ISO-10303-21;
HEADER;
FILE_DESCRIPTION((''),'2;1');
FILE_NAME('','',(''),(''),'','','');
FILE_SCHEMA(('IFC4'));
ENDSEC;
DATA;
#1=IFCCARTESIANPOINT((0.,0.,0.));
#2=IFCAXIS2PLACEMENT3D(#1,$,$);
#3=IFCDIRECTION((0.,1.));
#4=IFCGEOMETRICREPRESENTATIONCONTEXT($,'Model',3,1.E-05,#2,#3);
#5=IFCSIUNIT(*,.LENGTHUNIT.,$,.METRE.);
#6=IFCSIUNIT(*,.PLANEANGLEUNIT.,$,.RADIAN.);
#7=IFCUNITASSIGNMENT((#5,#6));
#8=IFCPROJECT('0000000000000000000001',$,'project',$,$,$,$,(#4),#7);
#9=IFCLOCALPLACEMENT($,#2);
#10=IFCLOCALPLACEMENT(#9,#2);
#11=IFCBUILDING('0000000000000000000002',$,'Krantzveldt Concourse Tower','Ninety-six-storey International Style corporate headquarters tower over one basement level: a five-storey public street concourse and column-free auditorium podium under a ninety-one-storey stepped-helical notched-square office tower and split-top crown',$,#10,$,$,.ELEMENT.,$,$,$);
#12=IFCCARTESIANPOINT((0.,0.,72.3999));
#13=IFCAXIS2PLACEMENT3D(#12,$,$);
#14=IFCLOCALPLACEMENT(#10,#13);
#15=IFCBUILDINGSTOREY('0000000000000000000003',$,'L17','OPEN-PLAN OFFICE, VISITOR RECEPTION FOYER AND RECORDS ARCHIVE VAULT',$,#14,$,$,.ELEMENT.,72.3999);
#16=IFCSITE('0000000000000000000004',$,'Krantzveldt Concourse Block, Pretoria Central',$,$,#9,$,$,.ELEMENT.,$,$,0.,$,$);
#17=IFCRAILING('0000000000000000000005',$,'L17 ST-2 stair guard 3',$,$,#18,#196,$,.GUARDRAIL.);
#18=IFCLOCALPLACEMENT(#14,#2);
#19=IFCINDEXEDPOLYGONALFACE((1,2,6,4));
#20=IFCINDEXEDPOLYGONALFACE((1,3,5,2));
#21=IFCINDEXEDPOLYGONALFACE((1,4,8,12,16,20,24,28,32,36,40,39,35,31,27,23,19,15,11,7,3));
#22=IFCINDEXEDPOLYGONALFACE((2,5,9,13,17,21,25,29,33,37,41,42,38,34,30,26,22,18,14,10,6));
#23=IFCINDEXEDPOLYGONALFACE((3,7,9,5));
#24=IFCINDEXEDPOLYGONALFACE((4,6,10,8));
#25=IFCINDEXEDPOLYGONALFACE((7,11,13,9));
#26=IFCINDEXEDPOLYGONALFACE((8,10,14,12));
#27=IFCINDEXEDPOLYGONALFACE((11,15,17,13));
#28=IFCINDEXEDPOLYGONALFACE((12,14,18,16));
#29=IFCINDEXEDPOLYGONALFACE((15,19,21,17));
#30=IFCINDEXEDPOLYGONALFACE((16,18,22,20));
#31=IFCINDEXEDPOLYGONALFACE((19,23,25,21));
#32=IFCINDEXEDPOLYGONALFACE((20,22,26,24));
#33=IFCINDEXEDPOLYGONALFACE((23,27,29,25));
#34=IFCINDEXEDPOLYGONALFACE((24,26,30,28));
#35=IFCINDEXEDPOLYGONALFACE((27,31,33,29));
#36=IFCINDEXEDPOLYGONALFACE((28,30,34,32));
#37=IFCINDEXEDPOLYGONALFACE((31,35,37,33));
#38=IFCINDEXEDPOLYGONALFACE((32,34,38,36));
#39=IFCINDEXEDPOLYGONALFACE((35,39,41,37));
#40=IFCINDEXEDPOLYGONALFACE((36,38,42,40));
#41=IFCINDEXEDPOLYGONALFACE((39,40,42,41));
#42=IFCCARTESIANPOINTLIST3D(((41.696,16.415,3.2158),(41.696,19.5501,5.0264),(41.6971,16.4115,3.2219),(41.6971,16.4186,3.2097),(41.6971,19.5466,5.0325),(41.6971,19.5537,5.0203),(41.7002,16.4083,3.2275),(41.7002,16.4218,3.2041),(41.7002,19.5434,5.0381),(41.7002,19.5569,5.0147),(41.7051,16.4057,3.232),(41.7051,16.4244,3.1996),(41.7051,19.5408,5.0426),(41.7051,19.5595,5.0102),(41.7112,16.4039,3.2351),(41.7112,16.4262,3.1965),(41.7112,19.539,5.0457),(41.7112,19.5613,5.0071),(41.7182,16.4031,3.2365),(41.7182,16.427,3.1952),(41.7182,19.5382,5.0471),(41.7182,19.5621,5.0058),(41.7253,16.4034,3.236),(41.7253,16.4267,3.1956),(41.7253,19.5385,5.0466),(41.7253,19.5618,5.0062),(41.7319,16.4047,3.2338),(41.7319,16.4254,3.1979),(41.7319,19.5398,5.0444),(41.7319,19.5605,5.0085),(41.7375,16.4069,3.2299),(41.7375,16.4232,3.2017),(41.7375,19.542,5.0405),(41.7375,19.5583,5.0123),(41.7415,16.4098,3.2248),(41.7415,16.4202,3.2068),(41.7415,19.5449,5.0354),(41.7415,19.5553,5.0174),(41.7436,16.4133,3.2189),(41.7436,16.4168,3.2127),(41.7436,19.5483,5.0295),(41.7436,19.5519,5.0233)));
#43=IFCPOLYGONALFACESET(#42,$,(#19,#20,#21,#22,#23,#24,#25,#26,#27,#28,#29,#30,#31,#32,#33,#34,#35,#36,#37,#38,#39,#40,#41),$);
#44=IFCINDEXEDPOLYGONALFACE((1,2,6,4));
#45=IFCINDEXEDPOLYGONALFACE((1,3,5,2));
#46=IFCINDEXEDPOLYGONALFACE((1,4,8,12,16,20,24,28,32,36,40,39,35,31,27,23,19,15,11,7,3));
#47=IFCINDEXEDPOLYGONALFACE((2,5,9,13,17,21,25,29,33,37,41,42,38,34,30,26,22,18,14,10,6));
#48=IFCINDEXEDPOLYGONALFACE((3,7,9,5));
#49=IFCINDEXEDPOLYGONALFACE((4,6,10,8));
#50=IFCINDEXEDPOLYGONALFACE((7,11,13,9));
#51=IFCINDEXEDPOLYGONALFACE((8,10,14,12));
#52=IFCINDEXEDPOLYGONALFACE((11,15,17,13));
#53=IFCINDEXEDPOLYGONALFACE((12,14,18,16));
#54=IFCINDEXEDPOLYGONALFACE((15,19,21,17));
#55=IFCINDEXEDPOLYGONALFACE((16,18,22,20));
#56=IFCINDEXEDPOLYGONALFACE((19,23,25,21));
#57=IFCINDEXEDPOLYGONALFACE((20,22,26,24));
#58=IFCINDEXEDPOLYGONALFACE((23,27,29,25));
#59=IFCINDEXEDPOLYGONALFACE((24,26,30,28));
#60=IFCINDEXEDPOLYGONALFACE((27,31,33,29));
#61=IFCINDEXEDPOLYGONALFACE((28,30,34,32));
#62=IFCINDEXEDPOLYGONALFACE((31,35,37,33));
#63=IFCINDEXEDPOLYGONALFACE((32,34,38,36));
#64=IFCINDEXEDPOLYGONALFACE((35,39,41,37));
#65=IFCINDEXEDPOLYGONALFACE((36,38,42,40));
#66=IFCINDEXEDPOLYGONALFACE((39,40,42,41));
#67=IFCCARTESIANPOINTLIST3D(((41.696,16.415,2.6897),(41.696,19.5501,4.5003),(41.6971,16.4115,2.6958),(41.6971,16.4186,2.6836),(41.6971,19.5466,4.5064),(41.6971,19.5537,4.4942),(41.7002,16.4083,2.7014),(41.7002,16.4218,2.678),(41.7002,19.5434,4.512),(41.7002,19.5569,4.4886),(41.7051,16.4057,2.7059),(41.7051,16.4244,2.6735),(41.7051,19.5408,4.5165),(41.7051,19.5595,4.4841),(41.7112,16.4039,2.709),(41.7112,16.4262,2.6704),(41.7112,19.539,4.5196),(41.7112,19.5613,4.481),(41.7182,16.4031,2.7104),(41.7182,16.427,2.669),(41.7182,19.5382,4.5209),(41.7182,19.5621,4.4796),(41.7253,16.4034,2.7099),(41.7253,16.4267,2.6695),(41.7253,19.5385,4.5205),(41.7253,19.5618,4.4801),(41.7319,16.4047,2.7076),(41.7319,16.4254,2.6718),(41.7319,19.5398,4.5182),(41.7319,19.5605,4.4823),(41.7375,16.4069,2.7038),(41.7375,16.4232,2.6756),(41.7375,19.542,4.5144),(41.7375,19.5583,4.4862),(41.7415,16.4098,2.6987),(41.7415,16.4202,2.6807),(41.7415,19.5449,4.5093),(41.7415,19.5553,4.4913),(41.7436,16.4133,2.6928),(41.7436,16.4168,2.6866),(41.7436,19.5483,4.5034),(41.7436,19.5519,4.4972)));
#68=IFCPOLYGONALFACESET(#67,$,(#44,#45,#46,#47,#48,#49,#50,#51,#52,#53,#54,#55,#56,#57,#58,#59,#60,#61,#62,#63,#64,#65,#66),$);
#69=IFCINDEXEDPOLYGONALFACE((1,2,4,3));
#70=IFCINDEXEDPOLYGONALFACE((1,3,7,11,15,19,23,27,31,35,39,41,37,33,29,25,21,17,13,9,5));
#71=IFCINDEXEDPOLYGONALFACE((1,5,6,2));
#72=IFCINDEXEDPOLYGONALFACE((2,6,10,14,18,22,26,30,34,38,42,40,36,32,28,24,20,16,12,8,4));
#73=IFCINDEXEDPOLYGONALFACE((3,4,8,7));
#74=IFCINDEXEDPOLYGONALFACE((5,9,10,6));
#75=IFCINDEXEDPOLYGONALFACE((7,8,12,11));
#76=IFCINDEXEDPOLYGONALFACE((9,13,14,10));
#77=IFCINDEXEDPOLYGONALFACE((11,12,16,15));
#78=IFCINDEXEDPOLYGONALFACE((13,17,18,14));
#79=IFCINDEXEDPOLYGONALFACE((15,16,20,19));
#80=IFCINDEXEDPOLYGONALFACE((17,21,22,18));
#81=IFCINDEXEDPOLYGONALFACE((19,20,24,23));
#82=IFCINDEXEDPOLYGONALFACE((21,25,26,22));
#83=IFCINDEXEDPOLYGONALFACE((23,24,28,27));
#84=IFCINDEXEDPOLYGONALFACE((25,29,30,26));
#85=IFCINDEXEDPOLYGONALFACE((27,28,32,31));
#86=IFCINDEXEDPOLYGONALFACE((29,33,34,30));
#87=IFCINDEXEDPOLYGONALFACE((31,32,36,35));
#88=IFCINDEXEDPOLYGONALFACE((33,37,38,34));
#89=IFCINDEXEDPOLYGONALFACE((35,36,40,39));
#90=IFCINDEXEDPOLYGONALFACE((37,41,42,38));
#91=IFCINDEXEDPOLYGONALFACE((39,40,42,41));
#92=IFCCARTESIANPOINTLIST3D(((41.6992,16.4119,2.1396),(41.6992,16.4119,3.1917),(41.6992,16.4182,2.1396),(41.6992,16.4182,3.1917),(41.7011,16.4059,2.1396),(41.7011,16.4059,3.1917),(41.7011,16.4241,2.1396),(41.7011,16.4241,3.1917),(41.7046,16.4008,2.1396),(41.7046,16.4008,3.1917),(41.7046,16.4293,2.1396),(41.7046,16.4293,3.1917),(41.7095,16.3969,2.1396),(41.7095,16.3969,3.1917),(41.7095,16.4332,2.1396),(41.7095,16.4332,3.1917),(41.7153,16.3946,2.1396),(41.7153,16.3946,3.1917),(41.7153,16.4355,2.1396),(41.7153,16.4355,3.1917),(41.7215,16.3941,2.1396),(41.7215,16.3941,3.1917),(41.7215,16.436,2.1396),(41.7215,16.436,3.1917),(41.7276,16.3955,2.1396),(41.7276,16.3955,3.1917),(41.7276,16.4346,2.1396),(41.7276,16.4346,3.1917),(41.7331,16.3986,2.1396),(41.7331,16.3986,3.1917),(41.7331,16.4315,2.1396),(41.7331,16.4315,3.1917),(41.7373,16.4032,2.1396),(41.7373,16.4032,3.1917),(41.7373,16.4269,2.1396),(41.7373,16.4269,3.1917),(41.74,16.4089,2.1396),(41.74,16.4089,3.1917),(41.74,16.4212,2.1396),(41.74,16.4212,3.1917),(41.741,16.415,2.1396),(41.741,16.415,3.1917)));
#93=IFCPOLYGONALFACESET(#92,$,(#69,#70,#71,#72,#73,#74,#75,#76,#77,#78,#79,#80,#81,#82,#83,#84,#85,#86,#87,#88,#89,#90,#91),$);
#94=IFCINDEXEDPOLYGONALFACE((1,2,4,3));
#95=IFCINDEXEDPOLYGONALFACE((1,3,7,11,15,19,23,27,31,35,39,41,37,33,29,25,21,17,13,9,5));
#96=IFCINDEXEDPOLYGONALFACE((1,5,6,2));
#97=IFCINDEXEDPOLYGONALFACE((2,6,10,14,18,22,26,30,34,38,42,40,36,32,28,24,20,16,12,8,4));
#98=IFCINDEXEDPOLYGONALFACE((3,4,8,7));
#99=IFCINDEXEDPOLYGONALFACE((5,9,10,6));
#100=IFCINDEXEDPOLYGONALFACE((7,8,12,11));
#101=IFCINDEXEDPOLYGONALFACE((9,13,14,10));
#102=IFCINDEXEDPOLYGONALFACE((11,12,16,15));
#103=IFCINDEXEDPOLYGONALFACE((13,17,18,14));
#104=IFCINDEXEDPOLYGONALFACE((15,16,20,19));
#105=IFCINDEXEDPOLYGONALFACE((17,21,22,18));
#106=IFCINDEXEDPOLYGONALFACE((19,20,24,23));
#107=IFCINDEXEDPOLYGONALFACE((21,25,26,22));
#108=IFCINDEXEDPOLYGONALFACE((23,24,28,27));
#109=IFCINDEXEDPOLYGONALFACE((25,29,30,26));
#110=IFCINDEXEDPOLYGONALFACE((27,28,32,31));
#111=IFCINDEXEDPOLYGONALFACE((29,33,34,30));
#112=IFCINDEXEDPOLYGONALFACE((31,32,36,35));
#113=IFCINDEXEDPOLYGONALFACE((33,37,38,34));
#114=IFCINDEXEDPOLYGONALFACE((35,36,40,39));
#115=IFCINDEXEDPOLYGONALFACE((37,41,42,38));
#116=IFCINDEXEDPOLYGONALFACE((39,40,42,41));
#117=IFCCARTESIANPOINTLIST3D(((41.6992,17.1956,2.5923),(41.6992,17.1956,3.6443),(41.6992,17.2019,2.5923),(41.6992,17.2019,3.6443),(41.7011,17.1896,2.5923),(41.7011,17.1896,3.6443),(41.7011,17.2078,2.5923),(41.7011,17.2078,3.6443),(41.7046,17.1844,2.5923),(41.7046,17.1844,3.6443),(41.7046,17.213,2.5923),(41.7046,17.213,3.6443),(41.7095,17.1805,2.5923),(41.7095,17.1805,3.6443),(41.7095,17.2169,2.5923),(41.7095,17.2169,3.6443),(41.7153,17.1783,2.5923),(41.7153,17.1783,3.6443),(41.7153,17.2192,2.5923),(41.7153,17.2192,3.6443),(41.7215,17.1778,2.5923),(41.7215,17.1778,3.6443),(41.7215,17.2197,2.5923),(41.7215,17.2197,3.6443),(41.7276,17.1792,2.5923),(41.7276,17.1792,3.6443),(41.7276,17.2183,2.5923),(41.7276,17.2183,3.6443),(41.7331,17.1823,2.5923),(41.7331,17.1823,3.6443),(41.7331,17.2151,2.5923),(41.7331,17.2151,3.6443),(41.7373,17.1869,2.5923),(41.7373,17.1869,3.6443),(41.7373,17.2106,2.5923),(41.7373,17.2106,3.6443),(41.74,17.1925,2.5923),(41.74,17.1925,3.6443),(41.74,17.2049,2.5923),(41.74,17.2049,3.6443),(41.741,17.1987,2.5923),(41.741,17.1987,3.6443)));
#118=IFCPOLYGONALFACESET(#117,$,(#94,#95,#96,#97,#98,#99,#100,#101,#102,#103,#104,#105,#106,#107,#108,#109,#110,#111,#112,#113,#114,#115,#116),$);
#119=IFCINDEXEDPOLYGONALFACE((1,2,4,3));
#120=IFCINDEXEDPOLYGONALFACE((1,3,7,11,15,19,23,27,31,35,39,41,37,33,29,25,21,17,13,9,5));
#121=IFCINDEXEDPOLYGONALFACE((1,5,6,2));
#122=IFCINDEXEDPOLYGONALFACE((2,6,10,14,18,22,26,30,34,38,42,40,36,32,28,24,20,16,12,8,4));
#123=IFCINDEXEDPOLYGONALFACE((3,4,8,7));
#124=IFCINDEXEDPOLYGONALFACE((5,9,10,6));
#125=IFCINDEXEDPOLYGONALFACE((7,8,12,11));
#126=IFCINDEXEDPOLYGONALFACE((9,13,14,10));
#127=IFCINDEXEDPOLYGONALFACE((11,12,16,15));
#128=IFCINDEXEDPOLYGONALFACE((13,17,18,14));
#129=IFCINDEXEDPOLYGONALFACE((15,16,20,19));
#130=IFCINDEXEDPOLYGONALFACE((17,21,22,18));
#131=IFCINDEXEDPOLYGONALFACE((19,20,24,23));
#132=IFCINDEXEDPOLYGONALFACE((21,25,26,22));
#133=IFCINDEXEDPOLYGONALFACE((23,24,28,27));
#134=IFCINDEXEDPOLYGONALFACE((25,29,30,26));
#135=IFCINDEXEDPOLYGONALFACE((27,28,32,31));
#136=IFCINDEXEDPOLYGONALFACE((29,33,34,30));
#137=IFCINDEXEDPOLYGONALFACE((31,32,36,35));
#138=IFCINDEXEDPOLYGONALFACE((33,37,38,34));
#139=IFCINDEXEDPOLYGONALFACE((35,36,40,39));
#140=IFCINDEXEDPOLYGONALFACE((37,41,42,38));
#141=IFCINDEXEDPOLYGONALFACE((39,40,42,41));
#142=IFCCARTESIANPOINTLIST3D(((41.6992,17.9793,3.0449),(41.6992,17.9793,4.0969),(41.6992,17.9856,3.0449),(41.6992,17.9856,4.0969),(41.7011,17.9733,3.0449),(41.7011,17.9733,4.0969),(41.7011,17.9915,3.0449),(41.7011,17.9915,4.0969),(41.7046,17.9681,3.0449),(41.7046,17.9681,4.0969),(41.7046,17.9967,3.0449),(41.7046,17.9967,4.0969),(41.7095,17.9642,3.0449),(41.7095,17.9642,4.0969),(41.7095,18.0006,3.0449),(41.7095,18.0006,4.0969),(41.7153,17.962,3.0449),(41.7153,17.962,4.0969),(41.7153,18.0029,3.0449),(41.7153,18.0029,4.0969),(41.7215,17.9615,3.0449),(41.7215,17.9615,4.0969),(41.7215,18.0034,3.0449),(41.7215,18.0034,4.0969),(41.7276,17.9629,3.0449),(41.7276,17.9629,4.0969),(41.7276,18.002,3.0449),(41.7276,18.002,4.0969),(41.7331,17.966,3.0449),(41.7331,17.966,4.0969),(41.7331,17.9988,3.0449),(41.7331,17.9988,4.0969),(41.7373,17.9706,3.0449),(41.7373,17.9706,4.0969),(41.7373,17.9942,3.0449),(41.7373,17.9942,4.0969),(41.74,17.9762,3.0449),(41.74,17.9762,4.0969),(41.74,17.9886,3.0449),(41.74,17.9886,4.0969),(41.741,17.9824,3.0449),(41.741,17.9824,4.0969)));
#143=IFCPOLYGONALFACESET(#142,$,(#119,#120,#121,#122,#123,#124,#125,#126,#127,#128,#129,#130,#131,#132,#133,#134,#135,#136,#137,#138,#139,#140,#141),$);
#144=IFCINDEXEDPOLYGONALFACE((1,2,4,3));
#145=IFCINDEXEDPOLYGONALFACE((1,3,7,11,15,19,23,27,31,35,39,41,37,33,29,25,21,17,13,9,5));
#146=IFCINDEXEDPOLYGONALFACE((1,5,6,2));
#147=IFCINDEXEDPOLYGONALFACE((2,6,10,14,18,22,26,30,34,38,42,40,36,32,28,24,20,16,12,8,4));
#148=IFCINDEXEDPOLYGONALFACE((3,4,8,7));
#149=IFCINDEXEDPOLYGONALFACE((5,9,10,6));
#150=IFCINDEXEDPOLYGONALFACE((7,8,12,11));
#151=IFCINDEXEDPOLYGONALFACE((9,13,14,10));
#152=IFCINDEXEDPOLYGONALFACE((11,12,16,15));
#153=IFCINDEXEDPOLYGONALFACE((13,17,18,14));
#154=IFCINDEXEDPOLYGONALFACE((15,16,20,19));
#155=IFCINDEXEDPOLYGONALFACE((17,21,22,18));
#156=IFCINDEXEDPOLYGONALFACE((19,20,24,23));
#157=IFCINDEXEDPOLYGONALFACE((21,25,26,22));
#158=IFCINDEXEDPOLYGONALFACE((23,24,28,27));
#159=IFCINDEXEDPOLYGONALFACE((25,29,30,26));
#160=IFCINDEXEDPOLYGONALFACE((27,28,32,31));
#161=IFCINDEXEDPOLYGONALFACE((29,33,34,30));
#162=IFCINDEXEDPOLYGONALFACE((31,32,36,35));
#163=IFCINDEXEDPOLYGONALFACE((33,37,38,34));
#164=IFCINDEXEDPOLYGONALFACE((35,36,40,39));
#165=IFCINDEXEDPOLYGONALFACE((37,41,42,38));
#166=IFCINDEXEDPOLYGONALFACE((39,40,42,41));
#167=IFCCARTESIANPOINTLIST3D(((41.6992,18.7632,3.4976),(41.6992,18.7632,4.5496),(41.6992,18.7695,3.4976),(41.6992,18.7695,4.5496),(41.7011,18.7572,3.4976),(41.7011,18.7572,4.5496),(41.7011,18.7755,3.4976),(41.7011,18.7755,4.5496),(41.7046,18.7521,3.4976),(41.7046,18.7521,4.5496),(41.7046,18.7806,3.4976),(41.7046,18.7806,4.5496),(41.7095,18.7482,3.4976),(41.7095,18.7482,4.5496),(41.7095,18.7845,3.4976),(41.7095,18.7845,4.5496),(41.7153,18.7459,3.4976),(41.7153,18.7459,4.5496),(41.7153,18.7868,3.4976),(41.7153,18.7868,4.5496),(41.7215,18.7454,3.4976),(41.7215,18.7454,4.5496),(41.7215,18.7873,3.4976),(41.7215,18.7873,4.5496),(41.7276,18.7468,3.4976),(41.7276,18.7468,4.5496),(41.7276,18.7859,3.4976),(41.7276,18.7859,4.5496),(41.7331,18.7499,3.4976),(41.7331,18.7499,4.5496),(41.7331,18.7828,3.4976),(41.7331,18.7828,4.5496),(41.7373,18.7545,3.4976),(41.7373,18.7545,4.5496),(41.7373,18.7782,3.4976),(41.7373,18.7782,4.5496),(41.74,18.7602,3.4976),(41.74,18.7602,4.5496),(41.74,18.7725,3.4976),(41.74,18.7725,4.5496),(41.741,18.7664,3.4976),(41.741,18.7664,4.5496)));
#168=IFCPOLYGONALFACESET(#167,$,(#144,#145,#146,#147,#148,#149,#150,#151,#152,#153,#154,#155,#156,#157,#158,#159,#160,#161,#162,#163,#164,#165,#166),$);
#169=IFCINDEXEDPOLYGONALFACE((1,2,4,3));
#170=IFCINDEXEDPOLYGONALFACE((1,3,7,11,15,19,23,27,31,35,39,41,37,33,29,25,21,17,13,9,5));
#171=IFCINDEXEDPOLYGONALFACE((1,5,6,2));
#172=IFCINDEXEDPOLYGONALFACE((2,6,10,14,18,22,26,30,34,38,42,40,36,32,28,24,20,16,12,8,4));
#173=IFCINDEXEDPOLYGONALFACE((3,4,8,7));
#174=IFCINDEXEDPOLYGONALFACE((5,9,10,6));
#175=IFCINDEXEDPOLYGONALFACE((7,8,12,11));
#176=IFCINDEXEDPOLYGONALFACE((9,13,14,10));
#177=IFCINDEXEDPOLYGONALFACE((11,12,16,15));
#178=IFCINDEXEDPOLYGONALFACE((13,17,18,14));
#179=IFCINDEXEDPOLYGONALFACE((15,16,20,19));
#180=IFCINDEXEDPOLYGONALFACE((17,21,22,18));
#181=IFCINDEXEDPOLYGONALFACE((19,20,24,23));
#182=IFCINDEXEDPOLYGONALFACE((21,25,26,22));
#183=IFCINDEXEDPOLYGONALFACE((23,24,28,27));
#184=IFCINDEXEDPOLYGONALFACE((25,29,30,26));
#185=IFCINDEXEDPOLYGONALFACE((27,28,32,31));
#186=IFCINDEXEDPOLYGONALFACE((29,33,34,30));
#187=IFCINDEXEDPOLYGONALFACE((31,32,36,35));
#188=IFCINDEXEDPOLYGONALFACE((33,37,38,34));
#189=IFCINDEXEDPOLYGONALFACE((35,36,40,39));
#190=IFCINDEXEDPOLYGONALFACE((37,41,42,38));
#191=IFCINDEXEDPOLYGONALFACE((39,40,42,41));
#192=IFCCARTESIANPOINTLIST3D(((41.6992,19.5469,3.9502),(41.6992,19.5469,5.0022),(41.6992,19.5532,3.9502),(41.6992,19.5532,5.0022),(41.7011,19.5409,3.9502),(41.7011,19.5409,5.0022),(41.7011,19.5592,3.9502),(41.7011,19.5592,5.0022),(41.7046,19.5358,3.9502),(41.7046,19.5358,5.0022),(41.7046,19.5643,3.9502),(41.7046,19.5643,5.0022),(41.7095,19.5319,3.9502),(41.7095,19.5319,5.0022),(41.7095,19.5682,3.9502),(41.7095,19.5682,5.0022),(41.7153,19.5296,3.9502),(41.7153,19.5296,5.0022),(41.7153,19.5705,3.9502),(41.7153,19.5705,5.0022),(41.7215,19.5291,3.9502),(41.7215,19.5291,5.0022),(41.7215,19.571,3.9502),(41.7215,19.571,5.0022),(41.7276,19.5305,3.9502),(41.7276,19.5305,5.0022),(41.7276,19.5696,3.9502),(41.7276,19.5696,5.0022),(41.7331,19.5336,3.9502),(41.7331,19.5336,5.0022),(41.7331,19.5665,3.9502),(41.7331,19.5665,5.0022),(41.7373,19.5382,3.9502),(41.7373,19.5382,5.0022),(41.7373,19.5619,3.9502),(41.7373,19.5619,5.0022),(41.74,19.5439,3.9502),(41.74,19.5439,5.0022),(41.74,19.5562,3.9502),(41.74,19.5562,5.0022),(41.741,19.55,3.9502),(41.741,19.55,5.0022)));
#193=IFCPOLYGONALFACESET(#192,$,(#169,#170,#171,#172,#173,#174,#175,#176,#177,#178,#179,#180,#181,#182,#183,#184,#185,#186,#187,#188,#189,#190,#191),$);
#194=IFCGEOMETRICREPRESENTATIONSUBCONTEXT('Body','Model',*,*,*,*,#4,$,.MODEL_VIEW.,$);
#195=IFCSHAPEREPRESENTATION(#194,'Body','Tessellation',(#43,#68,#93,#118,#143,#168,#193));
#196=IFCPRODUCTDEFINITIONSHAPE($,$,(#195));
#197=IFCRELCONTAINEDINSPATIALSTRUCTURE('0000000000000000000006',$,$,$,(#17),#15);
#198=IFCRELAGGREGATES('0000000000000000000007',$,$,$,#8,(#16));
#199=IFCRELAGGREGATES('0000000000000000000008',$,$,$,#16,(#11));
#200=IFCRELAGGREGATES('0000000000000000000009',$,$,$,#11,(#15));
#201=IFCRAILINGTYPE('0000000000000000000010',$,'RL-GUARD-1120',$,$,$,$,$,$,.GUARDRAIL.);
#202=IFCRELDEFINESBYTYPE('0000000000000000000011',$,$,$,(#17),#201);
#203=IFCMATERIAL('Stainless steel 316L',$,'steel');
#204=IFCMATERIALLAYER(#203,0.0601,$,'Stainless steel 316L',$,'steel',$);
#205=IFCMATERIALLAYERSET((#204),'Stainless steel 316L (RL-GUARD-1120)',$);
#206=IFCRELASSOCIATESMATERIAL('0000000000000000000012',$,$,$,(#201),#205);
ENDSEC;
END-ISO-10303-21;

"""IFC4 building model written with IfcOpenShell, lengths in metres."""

from ifc_helpers import new_model, si_unit, direction, frame, origin, origin_2d, place, context, subcontext, project, spatial, circle, extrude, material, layer, layer_set, type_object, element, save


model = new_model("IFC4")

# Units and contexts
model_context = context("Model", 3, precision=1e-05, world=origin(), true_north=direction((0.0, 1.0)))
body_context = subcontext(model_context, "Body", "Model", "MODEL_VIEW")
ifc_project = project(units=[si_unit("LENGTHUNIT", "METRE"), si_unit("PLANEANGLEUNIT", "RADIAN")], contexts=[model_context])

# Site, building, storey
site_placement = place(None, origin())
site = spatial("IfcSite", under=ifc_project, at=site_placement, Name="Krantzveldt Concourse Block, Pretoria Central", CompositionType="ELEMENT", RefElevation=0.0)
building_placement = place(site_placement, origin())
building = spatial("IfcBuilding", under=site, at=building_placement, Name="Krantzveldt Concourse Tower", Description="Ninety-six-storey International Style corporate headquarters tower over one basement level: a five-storey public street concourse and column-free auditorium podium under a ninety-one-storey stepped-helical notched-square office tower and split-top crown", CompositionType="ELEMENT")
storey_placement = place(building_placement, frame((0.0, 0.0, 72.3999)))
storey = spatial("IfcBuildingStorey", under=building, at=storey_placement, Name="L17", Description="OPEN-PLAN OFFICE, VISITOR RECEPTION FOYER AND RECORDS ARCHIVE VAULT", CompositionType="ELEMENT", Elevation=72.3999)

# Shared definitions
ifc_material_1 = material(Name="Stainless steel 316L", Category="steel")

# Railing
ifc_layer_1 = layer(ifc_material_1, 0.0601, Name="Stainless steel 316L", Category="steel")
ifc_layer_set_1 = layer_set([ifc_layer_1], Name="Stainless steel 316L (RL-GUARD-1120)")
railing_type_1 = type_object("IfcRailingType", Name="RL-GUARD-1120", PredefinedType="GUARDRAIL", material=ifc_layer_set_1)
railing_1_placement = place(storey_placement, frame((41.72, 16.415, 2.1396)))
element("IfcRailing", 1, at=railing_1_placement, inside=storey, type_object=railing_type_1, Name="L17 ST-2 stair guard 3", PredefinedType="GUARDRAIL", context=body_context, shape_type="SweptSolid", body=[
    extrude(circle(Radius=0.0239, at=origin_2d()), frame((0.0, 0.0, 1.0762), z_axis=(0.0, 0.86596, 0.500114), x_axis=(-1.0, 0.0, 0.0)), (0.0, 0.0, 1.0), 3.6204),
    extrude(circle(Radius=0.0239, at=origin_2d()), frame((0.0, 0.0, 0.55), z_axis=(0.0, 0.86596, 0.500114), x_axis=(-1.0, 0.0, 0.0)), (0.0, 0.0, 1.0), 3.6204),
    extrude(circle(Radius=0.021, at=origin_2d()), origin(), (0.0, 0.0, 1.0), 1.052),
    extrude(circle(Radius=0.021, at=origin_2d()), frame((0.0, 0.7837, 0.4526)), (0.0, 0.0, 1.0), 1.052),
    extrude(circle(Radius=0.021, at=origin_2d()), frame((0.0, 1.5674, 0.9053)), (0.0, 0.0, 1.0), 1.052),
    extrude(circle(Radius=0.021, at=origin_2d()), frame((0.0, 2.3513, 1.3579)), (0.0, 0.0, 1.0), 1.052),
    extrude(circle(Radius=0.021, at=origin_2d()), frame((0.0, 3.135, 1.8105)), (0.0, 0.0, 1.0), 1.052),
])

save(model, "model.ifc")
